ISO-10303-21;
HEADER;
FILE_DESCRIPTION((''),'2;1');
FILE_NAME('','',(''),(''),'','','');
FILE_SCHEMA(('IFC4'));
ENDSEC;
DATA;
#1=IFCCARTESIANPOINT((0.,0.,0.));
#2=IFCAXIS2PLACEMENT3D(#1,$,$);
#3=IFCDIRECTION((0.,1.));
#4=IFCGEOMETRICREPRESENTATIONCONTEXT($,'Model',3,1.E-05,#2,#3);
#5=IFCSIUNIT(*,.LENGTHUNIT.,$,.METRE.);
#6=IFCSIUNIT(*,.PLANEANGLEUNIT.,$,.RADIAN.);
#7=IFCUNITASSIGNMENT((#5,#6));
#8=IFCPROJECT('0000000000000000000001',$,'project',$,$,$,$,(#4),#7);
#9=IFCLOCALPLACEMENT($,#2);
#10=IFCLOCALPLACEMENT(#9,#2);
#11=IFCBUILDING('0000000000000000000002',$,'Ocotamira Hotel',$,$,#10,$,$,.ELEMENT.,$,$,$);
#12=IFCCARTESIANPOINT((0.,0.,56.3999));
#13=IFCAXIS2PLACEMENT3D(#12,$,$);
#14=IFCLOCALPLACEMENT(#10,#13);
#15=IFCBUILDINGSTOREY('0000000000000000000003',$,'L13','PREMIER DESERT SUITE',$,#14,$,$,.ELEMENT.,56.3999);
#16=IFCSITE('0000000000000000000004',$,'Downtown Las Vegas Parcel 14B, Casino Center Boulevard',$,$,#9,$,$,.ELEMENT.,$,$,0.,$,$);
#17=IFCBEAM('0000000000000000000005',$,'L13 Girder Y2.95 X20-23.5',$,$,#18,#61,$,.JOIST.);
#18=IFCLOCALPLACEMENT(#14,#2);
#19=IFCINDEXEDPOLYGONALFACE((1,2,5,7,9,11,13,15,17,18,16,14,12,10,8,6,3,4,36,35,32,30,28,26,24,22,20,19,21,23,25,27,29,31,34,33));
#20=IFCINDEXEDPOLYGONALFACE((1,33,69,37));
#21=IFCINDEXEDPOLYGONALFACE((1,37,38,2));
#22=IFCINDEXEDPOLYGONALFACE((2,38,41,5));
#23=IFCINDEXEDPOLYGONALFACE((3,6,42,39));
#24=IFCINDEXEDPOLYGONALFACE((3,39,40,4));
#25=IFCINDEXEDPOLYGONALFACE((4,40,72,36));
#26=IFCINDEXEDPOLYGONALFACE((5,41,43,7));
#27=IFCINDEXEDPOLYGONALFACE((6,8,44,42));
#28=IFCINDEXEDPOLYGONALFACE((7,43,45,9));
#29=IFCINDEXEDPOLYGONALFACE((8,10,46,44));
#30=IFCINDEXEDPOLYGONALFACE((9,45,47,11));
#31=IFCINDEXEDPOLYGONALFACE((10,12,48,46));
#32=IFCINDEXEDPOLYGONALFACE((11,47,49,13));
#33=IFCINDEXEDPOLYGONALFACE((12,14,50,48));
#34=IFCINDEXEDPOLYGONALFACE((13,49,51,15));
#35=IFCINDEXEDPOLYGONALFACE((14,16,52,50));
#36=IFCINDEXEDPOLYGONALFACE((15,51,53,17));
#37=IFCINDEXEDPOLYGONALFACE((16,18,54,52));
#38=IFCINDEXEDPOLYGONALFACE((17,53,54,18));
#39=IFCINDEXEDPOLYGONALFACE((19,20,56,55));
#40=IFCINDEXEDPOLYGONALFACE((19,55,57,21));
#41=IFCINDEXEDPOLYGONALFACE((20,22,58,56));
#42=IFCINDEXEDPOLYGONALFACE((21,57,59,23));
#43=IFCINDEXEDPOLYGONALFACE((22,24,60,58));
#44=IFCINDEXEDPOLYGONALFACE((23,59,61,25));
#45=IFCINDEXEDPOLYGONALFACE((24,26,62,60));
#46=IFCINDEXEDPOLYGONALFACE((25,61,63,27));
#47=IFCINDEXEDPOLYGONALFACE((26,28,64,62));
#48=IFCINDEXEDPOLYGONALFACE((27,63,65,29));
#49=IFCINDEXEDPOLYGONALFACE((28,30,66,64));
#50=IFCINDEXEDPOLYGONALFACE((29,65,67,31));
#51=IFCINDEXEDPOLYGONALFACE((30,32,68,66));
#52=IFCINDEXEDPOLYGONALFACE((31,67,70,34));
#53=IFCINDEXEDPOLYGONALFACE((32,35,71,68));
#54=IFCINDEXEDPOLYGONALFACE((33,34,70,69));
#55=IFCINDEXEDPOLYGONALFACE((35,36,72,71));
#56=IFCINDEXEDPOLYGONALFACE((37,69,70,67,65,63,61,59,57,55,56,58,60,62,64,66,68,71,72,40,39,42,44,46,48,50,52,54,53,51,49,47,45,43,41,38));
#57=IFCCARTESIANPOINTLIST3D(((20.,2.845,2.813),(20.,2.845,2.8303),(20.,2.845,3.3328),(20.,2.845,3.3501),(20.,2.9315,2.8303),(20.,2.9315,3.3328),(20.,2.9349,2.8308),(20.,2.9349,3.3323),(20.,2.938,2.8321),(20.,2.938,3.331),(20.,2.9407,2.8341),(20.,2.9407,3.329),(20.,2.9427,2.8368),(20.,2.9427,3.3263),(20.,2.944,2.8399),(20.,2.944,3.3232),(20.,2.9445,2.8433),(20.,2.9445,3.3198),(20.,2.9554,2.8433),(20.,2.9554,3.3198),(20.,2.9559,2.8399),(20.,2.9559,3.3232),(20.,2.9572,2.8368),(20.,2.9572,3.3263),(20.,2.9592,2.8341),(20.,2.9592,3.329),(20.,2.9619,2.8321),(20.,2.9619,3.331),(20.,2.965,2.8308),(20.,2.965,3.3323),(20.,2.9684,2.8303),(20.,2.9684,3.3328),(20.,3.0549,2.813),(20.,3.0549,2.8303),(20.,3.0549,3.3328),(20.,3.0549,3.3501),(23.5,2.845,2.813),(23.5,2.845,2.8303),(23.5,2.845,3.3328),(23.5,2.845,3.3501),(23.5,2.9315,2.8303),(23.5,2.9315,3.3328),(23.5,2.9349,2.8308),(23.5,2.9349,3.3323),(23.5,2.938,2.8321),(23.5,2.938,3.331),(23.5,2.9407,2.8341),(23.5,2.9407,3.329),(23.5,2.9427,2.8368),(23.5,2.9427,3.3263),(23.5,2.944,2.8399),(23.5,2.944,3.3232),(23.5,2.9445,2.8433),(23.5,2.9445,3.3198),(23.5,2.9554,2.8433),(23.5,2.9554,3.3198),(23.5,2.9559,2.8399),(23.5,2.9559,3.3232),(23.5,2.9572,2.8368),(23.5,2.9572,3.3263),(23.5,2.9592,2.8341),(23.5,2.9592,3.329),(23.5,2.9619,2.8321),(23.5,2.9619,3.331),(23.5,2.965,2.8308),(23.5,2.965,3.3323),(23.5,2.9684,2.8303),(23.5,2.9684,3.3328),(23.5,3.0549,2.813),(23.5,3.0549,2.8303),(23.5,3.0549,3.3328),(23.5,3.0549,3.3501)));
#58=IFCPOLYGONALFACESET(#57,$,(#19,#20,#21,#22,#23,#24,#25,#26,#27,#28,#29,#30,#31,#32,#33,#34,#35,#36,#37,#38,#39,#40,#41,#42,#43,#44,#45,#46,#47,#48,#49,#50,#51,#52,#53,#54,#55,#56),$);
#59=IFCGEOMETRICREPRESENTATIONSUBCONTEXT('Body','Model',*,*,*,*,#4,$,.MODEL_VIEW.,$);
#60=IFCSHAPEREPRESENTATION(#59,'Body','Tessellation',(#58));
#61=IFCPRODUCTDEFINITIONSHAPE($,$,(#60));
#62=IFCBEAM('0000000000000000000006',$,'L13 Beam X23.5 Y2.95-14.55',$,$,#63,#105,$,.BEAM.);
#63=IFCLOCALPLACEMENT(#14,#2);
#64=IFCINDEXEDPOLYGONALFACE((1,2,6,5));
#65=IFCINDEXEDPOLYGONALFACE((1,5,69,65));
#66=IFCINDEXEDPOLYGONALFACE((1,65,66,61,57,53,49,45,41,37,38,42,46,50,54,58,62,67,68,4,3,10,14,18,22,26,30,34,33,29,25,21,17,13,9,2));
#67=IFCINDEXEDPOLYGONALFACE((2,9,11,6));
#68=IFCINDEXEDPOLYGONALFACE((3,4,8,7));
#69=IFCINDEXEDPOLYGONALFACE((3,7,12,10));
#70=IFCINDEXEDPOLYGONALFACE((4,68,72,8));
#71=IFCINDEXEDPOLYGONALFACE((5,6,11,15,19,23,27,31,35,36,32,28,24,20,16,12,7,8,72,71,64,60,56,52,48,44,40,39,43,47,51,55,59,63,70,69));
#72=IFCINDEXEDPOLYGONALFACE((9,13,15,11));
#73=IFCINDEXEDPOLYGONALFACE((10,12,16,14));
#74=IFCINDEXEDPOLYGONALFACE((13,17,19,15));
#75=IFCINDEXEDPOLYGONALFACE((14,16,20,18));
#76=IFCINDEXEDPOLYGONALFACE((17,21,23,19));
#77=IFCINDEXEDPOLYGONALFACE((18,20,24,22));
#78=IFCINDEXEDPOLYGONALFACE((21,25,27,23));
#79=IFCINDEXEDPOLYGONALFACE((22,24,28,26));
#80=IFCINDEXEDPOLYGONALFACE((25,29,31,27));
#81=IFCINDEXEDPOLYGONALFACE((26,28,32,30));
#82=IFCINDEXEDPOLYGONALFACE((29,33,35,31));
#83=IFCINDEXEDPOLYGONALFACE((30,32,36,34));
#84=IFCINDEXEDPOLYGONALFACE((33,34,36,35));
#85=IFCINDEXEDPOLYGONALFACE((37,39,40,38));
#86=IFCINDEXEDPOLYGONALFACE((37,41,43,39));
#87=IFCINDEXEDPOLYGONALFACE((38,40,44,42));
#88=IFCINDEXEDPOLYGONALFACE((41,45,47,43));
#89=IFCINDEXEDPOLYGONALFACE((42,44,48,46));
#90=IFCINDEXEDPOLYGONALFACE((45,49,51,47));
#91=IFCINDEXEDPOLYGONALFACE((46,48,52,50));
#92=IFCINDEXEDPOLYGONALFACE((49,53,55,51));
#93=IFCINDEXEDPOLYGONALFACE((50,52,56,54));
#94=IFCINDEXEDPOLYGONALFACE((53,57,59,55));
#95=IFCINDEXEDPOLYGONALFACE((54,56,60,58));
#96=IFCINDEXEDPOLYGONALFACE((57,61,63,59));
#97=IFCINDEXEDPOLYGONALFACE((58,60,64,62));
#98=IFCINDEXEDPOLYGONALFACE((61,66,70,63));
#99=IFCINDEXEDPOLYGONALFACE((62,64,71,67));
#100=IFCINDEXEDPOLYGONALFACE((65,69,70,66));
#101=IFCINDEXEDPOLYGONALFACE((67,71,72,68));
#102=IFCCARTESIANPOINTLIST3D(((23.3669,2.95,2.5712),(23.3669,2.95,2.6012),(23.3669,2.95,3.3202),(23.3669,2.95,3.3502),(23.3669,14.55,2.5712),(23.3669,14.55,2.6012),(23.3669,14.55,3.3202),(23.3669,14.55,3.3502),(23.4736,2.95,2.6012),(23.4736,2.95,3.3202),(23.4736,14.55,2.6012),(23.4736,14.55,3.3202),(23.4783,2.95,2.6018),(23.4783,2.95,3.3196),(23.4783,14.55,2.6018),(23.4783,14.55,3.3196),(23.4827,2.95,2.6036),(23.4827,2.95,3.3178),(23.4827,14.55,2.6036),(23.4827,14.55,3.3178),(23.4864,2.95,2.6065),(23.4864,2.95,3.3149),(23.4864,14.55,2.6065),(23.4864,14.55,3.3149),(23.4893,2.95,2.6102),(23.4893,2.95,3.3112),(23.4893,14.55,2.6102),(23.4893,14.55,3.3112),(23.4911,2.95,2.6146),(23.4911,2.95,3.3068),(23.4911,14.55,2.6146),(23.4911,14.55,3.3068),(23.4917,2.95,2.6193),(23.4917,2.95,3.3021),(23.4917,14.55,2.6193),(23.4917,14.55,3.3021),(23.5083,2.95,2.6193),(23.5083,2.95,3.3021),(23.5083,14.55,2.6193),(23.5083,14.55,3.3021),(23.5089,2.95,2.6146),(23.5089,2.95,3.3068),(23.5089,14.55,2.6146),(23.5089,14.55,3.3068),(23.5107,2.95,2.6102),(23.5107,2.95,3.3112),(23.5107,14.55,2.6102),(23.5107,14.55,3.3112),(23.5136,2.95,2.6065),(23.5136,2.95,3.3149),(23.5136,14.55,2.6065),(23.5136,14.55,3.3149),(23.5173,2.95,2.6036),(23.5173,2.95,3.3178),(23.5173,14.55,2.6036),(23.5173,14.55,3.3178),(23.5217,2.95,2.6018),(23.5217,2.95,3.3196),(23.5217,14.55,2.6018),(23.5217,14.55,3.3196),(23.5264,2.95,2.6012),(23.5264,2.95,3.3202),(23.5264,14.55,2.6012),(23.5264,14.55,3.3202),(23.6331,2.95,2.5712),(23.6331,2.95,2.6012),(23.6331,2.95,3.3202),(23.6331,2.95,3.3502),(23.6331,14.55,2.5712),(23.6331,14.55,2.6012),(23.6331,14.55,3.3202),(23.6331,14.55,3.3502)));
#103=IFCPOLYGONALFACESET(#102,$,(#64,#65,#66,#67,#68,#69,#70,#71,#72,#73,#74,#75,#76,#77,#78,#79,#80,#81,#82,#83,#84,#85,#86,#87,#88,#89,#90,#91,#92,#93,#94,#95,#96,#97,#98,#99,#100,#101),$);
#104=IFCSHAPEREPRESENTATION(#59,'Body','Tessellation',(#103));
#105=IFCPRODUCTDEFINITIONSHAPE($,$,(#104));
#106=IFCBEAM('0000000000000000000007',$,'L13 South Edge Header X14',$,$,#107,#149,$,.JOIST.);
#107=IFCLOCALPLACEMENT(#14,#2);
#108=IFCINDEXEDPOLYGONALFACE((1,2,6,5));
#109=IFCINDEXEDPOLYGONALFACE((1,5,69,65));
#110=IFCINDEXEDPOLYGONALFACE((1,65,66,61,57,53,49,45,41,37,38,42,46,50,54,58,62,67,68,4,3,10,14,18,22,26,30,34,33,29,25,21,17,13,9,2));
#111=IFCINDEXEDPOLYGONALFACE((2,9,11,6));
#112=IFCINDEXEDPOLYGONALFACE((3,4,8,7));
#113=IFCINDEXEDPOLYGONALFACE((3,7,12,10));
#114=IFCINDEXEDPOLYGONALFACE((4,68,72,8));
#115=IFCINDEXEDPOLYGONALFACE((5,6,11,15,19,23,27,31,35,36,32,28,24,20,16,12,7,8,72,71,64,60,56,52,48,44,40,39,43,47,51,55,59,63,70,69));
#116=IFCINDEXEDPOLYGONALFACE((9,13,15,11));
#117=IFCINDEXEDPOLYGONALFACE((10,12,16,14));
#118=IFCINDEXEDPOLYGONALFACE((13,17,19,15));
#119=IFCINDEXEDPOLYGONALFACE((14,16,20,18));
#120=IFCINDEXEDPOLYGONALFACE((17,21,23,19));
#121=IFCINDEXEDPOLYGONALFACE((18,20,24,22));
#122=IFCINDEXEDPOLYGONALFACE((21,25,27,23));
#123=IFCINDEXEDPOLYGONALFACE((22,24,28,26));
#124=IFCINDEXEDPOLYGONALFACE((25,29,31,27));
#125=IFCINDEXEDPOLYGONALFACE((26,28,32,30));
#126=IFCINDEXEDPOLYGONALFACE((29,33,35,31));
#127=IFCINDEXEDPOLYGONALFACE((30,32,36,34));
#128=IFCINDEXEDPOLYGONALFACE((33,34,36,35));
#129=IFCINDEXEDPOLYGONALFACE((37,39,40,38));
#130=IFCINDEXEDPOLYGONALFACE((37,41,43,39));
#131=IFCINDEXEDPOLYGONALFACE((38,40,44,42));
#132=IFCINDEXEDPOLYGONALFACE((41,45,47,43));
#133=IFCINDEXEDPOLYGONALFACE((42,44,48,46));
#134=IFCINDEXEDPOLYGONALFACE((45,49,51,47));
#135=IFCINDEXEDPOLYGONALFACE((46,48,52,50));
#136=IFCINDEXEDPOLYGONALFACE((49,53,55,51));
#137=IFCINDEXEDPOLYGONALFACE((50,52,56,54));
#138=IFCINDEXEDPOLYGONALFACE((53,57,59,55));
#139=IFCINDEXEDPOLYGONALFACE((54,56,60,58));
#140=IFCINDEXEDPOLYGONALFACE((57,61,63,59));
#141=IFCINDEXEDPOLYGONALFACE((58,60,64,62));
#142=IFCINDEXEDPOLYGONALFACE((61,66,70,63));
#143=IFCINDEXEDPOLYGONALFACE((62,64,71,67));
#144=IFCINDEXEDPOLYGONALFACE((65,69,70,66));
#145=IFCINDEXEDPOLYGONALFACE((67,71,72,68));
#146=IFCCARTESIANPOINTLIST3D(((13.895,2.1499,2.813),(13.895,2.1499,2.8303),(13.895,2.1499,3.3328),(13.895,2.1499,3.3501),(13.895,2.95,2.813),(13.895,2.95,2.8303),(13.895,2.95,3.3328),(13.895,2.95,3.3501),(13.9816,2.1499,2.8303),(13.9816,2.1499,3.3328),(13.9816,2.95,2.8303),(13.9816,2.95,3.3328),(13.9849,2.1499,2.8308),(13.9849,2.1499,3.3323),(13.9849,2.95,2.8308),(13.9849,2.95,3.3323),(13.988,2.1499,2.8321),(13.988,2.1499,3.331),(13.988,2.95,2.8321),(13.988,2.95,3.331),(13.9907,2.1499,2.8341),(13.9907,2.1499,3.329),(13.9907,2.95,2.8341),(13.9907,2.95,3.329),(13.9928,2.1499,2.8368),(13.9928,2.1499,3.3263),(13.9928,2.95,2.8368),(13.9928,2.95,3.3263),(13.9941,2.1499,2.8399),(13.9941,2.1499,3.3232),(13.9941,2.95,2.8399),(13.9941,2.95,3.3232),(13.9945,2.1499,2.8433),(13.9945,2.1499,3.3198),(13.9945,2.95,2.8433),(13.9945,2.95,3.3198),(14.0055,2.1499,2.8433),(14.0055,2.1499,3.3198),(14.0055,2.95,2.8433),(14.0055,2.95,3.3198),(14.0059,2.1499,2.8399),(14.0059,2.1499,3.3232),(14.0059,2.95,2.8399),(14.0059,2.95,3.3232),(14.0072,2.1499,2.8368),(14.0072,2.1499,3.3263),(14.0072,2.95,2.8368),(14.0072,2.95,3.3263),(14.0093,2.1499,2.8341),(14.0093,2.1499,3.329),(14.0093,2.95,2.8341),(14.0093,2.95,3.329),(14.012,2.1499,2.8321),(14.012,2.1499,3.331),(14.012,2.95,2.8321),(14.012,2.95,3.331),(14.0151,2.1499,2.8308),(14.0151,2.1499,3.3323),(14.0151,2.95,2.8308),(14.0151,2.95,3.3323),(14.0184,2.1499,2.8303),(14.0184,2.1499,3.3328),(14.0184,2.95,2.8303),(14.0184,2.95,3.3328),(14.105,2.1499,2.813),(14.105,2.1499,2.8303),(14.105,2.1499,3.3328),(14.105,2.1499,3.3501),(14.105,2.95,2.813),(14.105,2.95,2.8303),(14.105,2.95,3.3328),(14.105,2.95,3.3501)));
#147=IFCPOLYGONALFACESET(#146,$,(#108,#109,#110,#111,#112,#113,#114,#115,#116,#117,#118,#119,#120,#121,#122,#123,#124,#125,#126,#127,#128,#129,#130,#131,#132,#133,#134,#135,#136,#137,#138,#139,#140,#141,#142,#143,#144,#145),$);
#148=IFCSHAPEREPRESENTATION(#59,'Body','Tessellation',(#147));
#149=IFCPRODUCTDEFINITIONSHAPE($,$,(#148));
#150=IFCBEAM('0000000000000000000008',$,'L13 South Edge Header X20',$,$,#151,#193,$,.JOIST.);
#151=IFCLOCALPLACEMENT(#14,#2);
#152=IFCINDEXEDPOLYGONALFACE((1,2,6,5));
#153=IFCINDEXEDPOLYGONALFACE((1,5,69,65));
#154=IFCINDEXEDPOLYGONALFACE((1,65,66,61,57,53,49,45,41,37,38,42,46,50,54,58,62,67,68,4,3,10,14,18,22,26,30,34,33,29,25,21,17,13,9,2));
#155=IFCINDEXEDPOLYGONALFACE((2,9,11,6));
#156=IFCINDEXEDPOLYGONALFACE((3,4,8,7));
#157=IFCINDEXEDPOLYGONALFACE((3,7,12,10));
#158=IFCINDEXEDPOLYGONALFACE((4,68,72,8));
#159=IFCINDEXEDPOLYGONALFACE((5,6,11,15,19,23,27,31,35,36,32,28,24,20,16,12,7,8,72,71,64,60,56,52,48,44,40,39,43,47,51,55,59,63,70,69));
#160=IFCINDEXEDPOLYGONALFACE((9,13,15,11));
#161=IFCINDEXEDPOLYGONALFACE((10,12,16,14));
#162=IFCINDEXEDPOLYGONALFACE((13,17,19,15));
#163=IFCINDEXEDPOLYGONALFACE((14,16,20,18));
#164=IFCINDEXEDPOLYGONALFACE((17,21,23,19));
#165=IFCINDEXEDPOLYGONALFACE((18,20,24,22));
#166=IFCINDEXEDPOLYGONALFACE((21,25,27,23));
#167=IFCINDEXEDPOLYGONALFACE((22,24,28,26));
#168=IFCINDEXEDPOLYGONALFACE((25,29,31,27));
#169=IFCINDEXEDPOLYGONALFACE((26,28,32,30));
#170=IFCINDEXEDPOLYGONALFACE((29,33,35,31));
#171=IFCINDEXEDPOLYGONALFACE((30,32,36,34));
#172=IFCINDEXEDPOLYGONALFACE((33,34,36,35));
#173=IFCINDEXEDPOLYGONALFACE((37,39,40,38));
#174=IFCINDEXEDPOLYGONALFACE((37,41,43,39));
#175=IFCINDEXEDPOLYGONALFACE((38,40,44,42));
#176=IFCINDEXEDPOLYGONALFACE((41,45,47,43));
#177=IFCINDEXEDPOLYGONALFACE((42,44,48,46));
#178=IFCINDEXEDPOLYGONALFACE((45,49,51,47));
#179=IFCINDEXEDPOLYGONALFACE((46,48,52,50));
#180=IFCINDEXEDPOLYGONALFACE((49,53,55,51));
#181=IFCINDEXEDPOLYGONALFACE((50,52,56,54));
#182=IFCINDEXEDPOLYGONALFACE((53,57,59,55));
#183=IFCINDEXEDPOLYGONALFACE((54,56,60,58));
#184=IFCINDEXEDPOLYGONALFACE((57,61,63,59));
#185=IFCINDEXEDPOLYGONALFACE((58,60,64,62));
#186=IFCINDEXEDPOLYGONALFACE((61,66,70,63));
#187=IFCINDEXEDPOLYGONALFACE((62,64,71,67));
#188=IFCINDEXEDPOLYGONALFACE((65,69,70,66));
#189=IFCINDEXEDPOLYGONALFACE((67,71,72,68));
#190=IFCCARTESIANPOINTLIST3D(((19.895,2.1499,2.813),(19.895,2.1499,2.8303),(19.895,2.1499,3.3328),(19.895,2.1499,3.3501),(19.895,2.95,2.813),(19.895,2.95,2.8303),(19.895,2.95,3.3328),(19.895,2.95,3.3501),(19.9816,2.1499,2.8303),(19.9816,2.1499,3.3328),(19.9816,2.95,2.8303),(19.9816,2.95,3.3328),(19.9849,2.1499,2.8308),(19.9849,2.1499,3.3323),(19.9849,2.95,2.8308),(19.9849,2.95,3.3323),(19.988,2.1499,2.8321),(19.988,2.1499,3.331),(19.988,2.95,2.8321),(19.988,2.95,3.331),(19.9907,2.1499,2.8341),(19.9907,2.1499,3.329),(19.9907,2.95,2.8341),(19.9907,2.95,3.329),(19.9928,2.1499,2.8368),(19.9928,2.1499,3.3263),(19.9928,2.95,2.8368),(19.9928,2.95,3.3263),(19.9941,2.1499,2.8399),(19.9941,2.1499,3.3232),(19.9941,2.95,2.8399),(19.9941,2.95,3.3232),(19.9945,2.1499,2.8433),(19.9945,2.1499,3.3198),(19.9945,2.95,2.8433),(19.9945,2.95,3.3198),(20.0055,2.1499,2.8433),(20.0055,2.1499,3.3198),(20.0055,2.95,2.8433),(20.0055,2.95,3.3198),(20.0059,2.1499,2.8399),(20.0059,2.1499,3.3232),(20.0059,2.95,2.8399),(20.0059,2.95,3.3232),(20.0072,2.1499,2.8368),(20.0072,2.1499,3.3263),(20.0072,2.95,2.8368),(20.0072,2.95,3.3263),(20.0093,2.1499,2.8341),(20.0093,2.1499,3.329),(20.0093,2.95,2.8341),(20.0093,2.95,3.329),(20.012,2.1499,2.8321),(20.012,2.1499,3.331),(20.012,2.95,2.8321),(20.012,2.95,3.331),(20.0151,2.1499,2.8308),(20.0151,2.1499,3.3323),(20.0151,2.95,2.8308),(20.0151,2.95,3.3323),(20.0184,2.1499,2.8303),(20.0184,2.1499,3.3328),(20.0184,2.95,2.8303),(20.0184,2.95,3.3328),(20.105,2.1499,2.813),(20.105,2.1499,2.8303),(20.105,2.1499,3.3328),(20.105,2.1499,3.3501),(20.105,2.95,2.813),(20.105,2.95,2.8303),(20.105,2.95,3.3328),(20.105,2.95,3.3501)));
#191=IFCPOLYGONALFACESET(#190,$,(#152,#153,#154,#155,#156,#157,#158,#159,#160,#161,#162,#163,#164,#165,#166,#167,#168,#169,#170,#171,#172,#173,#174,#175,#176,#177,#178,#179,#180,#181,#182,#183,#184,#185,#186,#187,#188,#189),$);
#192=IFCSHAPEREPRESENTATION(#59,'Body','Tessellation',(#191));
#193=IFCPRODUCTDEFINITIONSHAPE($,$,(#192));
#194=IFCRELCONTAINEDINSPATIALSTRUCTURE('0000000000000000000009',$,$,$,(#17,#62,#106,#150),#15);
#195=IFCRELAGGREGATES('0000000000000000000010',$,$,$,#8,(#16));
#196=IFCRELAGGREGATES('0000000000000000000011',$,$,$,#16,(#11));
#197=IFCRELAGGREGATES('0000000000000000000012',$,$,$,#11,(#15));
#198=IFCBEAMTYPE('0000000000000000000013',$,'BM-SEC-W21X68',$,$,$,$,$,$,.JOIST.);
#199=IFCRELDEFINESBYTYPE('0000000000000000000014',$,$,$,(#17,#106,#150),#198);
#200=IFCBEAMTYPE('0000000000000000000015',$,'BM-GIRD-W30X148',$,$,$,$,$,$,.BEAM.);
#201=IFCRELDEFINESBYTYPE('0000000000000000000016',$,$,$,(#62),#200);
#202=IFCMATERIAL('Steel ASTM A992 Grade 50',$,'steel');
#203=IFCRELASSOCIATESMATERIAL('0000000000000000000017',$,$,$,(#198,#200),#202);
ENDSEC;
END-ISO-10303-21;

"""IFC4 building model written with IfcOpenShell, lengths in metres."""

from ifc_helpers import new_model, si_unit, direction, frame, origin, origin_2d, place, context, subcontext, project, spatial, i_section, extrude, source, transform, mapped, material, material_profile, profile_set, type_object, element, save


model = new_model("IFC4")

# Units and contexts
model_context = context("Model", 3, precision=1e-05, world=origin(), true_north=direction((0.0, 1.0)))
body_context = subcontext(model_context, "Body", "Model", "MODEL_VIEW")
ifc_project = project(units=[si_unit("LENGTHUNIT", "METRE"), si_unit("PLANEANGLEUNIT", "RADIAN")], contexts=[model_context])

# Site, building, storey
site_placement = place(None, origin())
site = spatial("IfcSite", under=ifc_project, at=site_placement, Name="Downtown Las Vegas Parcel 14B, Casino Center Boulevard", CompositionType="ELEMENT", RefElevation=0.0)
building_placement = place(site_placement, origin())
building = spatial("IfcBuilding", under=site, at=building_placement, Name="Ocotamira Hotel", CompositionType="ELEMENT")
storey_placement = place(building_placement, frame((0.0, 0.0, 56.3999)))
storey = spatial("IfcBuildingStorey", under=building, at=storey_placement, Name="L13", Description="PREMIER DESERT SUITE", CompositionType="ELEMENT", Elevation=56.3999)

# Beams
ifc_material_1 = material(Name="Steel ASTM A992 Grade 50", Category="steel")
ifc_material_profile_1 = material_profile(ifc_material_1, i_section(OverallWidth=0.21, OverallDepth=0.5371, WebThickness=0.011, FlangeThickness=0.0173, FilletRadius=0.0129, at=origin_2d()), Name="W21X68")
ifc_profile_set_1 = profile_set([ifc_material_profile_1], Name="Steel ASTM A992 Grade 50")
beam_type_1 = type_object("IfcBeamType", Name="BM-SEC-W21X68", PredefinedType="JOIST", material=ifc_profile_set_1)
shared_shape_1 = source(origin(), body_context, "Body", "SweptSolid", [
    extrude(i_section(OverallWidth=0.21, OverallDepth=0.5371, WebThickness=0.011, FlangeThickness=0.0173, FilletRadius=0.0129, at=origin_2d()), origin(), (0.0, 0.0, 1.0), 3.5),
])
beam_1_placement = place(storey_placement, frame((20.0, 2.95, 3.0815), z_axis=(1.0, 0.0, 0.0), x_axis=(0.0, 1.0, 0.0)))
element("IfcBeam", 1, at=beam_1_placement, inside=storey, type_object=beam_type_1, Name="L13 Girder Y2.95 X20-23.5", PredefinedType="JOIST", context=body_context, shape_type="MappedRepresentation", body=[
    mapped(shared_shape_1, transform((0.0, 0.0, 0.0), scale=1.0)),
])
ifc_material_profile_2 = material_profile(ifc_material_1, i_section(OverallWidth=0.2661, OverallDepth=0.7791, WebThickness=0.0166, FlangeThickness=0.03, FilletRadius=0.0181, at=origin_2d()), Name="W30X148")
ifc_profile_set_2 = profile_set([ifc_material_profile_2], Name="Steel ASTM A992 Grade 50")
beam_type_2 = type_object("IfcBeamType", Name="BM-GIRD-W30X148", PredefinedType="BEAM", material=ifc_profile_set_2)
shared_shape_2 = source(origin(), body_context, "Body", "SweptSolid", [
    extrude(i_section(OverallWidth=0.2661, OverallDepth=0.7791, WebThickness=0.0166, FlangeThickness=0.03, FilletRadius=0.0181, at=origin_2d()), origin(), (0.0, 0.0, 1.0), 11.6001),
])
beam_2_placement = place(storey_placement, frame((23.5, 2.95, 2.9607), z_axis=(0.0, 1.0, 0.0), x_axis=(-1.0, 0.0, 0.0)))
element("IfcBeam", 2, at=beam_2_placement, inside=storey, type_object=beam_type_2, Name="L13 Beam X23.5 Y2.95-14.55", PredefinedType="BEAM", context=body_context, shape_type="MappedRepresentation", body=[
    mapped(shared_shape_2, transform((0.0, 0.0, 0.0), scale=1.0)),
])
shared_shape_3 = source(origin(), body_context, "Body", "SweptSolid", [
    extrude(i_section(OverallWidth=0.21, OverallDepth=0.5371, WebThickness=0.011, FlangeThickness=0.0173, FilletRadius=0.0129, at=origin_2d()), origin(), (0.0, 0.0, 1.0), 0.8),
])
for number, where, z_axis, x_axis, name in (
    (3, (14.0, 2.95, 3.0815), (0.0, -1.0, 0.0), (1.0, 0.0, 0.0), "L13 South Edge Header X14"),
    (4, (20.0, 2.95, 3.0815), (0.0, -1.0, 0.0), (1.0, 0.0, 0.0), "L13 South Edge Header X20"),
):
    element("IfcBeam", number, at=place(storey_placement, frame(where, z_axis=z_axis, x_axis=x_axis)), inside=storey, type_object=beam_type_1, Name=name, PredefinedType="JOIST", context=body_context, shape_type="MappedRepresentation", body=[
        mapped(shared_shape_3, transform((0.0, 0.0, 0.0), scale=1.0)),
    ])

save(model, "model.ifc")
